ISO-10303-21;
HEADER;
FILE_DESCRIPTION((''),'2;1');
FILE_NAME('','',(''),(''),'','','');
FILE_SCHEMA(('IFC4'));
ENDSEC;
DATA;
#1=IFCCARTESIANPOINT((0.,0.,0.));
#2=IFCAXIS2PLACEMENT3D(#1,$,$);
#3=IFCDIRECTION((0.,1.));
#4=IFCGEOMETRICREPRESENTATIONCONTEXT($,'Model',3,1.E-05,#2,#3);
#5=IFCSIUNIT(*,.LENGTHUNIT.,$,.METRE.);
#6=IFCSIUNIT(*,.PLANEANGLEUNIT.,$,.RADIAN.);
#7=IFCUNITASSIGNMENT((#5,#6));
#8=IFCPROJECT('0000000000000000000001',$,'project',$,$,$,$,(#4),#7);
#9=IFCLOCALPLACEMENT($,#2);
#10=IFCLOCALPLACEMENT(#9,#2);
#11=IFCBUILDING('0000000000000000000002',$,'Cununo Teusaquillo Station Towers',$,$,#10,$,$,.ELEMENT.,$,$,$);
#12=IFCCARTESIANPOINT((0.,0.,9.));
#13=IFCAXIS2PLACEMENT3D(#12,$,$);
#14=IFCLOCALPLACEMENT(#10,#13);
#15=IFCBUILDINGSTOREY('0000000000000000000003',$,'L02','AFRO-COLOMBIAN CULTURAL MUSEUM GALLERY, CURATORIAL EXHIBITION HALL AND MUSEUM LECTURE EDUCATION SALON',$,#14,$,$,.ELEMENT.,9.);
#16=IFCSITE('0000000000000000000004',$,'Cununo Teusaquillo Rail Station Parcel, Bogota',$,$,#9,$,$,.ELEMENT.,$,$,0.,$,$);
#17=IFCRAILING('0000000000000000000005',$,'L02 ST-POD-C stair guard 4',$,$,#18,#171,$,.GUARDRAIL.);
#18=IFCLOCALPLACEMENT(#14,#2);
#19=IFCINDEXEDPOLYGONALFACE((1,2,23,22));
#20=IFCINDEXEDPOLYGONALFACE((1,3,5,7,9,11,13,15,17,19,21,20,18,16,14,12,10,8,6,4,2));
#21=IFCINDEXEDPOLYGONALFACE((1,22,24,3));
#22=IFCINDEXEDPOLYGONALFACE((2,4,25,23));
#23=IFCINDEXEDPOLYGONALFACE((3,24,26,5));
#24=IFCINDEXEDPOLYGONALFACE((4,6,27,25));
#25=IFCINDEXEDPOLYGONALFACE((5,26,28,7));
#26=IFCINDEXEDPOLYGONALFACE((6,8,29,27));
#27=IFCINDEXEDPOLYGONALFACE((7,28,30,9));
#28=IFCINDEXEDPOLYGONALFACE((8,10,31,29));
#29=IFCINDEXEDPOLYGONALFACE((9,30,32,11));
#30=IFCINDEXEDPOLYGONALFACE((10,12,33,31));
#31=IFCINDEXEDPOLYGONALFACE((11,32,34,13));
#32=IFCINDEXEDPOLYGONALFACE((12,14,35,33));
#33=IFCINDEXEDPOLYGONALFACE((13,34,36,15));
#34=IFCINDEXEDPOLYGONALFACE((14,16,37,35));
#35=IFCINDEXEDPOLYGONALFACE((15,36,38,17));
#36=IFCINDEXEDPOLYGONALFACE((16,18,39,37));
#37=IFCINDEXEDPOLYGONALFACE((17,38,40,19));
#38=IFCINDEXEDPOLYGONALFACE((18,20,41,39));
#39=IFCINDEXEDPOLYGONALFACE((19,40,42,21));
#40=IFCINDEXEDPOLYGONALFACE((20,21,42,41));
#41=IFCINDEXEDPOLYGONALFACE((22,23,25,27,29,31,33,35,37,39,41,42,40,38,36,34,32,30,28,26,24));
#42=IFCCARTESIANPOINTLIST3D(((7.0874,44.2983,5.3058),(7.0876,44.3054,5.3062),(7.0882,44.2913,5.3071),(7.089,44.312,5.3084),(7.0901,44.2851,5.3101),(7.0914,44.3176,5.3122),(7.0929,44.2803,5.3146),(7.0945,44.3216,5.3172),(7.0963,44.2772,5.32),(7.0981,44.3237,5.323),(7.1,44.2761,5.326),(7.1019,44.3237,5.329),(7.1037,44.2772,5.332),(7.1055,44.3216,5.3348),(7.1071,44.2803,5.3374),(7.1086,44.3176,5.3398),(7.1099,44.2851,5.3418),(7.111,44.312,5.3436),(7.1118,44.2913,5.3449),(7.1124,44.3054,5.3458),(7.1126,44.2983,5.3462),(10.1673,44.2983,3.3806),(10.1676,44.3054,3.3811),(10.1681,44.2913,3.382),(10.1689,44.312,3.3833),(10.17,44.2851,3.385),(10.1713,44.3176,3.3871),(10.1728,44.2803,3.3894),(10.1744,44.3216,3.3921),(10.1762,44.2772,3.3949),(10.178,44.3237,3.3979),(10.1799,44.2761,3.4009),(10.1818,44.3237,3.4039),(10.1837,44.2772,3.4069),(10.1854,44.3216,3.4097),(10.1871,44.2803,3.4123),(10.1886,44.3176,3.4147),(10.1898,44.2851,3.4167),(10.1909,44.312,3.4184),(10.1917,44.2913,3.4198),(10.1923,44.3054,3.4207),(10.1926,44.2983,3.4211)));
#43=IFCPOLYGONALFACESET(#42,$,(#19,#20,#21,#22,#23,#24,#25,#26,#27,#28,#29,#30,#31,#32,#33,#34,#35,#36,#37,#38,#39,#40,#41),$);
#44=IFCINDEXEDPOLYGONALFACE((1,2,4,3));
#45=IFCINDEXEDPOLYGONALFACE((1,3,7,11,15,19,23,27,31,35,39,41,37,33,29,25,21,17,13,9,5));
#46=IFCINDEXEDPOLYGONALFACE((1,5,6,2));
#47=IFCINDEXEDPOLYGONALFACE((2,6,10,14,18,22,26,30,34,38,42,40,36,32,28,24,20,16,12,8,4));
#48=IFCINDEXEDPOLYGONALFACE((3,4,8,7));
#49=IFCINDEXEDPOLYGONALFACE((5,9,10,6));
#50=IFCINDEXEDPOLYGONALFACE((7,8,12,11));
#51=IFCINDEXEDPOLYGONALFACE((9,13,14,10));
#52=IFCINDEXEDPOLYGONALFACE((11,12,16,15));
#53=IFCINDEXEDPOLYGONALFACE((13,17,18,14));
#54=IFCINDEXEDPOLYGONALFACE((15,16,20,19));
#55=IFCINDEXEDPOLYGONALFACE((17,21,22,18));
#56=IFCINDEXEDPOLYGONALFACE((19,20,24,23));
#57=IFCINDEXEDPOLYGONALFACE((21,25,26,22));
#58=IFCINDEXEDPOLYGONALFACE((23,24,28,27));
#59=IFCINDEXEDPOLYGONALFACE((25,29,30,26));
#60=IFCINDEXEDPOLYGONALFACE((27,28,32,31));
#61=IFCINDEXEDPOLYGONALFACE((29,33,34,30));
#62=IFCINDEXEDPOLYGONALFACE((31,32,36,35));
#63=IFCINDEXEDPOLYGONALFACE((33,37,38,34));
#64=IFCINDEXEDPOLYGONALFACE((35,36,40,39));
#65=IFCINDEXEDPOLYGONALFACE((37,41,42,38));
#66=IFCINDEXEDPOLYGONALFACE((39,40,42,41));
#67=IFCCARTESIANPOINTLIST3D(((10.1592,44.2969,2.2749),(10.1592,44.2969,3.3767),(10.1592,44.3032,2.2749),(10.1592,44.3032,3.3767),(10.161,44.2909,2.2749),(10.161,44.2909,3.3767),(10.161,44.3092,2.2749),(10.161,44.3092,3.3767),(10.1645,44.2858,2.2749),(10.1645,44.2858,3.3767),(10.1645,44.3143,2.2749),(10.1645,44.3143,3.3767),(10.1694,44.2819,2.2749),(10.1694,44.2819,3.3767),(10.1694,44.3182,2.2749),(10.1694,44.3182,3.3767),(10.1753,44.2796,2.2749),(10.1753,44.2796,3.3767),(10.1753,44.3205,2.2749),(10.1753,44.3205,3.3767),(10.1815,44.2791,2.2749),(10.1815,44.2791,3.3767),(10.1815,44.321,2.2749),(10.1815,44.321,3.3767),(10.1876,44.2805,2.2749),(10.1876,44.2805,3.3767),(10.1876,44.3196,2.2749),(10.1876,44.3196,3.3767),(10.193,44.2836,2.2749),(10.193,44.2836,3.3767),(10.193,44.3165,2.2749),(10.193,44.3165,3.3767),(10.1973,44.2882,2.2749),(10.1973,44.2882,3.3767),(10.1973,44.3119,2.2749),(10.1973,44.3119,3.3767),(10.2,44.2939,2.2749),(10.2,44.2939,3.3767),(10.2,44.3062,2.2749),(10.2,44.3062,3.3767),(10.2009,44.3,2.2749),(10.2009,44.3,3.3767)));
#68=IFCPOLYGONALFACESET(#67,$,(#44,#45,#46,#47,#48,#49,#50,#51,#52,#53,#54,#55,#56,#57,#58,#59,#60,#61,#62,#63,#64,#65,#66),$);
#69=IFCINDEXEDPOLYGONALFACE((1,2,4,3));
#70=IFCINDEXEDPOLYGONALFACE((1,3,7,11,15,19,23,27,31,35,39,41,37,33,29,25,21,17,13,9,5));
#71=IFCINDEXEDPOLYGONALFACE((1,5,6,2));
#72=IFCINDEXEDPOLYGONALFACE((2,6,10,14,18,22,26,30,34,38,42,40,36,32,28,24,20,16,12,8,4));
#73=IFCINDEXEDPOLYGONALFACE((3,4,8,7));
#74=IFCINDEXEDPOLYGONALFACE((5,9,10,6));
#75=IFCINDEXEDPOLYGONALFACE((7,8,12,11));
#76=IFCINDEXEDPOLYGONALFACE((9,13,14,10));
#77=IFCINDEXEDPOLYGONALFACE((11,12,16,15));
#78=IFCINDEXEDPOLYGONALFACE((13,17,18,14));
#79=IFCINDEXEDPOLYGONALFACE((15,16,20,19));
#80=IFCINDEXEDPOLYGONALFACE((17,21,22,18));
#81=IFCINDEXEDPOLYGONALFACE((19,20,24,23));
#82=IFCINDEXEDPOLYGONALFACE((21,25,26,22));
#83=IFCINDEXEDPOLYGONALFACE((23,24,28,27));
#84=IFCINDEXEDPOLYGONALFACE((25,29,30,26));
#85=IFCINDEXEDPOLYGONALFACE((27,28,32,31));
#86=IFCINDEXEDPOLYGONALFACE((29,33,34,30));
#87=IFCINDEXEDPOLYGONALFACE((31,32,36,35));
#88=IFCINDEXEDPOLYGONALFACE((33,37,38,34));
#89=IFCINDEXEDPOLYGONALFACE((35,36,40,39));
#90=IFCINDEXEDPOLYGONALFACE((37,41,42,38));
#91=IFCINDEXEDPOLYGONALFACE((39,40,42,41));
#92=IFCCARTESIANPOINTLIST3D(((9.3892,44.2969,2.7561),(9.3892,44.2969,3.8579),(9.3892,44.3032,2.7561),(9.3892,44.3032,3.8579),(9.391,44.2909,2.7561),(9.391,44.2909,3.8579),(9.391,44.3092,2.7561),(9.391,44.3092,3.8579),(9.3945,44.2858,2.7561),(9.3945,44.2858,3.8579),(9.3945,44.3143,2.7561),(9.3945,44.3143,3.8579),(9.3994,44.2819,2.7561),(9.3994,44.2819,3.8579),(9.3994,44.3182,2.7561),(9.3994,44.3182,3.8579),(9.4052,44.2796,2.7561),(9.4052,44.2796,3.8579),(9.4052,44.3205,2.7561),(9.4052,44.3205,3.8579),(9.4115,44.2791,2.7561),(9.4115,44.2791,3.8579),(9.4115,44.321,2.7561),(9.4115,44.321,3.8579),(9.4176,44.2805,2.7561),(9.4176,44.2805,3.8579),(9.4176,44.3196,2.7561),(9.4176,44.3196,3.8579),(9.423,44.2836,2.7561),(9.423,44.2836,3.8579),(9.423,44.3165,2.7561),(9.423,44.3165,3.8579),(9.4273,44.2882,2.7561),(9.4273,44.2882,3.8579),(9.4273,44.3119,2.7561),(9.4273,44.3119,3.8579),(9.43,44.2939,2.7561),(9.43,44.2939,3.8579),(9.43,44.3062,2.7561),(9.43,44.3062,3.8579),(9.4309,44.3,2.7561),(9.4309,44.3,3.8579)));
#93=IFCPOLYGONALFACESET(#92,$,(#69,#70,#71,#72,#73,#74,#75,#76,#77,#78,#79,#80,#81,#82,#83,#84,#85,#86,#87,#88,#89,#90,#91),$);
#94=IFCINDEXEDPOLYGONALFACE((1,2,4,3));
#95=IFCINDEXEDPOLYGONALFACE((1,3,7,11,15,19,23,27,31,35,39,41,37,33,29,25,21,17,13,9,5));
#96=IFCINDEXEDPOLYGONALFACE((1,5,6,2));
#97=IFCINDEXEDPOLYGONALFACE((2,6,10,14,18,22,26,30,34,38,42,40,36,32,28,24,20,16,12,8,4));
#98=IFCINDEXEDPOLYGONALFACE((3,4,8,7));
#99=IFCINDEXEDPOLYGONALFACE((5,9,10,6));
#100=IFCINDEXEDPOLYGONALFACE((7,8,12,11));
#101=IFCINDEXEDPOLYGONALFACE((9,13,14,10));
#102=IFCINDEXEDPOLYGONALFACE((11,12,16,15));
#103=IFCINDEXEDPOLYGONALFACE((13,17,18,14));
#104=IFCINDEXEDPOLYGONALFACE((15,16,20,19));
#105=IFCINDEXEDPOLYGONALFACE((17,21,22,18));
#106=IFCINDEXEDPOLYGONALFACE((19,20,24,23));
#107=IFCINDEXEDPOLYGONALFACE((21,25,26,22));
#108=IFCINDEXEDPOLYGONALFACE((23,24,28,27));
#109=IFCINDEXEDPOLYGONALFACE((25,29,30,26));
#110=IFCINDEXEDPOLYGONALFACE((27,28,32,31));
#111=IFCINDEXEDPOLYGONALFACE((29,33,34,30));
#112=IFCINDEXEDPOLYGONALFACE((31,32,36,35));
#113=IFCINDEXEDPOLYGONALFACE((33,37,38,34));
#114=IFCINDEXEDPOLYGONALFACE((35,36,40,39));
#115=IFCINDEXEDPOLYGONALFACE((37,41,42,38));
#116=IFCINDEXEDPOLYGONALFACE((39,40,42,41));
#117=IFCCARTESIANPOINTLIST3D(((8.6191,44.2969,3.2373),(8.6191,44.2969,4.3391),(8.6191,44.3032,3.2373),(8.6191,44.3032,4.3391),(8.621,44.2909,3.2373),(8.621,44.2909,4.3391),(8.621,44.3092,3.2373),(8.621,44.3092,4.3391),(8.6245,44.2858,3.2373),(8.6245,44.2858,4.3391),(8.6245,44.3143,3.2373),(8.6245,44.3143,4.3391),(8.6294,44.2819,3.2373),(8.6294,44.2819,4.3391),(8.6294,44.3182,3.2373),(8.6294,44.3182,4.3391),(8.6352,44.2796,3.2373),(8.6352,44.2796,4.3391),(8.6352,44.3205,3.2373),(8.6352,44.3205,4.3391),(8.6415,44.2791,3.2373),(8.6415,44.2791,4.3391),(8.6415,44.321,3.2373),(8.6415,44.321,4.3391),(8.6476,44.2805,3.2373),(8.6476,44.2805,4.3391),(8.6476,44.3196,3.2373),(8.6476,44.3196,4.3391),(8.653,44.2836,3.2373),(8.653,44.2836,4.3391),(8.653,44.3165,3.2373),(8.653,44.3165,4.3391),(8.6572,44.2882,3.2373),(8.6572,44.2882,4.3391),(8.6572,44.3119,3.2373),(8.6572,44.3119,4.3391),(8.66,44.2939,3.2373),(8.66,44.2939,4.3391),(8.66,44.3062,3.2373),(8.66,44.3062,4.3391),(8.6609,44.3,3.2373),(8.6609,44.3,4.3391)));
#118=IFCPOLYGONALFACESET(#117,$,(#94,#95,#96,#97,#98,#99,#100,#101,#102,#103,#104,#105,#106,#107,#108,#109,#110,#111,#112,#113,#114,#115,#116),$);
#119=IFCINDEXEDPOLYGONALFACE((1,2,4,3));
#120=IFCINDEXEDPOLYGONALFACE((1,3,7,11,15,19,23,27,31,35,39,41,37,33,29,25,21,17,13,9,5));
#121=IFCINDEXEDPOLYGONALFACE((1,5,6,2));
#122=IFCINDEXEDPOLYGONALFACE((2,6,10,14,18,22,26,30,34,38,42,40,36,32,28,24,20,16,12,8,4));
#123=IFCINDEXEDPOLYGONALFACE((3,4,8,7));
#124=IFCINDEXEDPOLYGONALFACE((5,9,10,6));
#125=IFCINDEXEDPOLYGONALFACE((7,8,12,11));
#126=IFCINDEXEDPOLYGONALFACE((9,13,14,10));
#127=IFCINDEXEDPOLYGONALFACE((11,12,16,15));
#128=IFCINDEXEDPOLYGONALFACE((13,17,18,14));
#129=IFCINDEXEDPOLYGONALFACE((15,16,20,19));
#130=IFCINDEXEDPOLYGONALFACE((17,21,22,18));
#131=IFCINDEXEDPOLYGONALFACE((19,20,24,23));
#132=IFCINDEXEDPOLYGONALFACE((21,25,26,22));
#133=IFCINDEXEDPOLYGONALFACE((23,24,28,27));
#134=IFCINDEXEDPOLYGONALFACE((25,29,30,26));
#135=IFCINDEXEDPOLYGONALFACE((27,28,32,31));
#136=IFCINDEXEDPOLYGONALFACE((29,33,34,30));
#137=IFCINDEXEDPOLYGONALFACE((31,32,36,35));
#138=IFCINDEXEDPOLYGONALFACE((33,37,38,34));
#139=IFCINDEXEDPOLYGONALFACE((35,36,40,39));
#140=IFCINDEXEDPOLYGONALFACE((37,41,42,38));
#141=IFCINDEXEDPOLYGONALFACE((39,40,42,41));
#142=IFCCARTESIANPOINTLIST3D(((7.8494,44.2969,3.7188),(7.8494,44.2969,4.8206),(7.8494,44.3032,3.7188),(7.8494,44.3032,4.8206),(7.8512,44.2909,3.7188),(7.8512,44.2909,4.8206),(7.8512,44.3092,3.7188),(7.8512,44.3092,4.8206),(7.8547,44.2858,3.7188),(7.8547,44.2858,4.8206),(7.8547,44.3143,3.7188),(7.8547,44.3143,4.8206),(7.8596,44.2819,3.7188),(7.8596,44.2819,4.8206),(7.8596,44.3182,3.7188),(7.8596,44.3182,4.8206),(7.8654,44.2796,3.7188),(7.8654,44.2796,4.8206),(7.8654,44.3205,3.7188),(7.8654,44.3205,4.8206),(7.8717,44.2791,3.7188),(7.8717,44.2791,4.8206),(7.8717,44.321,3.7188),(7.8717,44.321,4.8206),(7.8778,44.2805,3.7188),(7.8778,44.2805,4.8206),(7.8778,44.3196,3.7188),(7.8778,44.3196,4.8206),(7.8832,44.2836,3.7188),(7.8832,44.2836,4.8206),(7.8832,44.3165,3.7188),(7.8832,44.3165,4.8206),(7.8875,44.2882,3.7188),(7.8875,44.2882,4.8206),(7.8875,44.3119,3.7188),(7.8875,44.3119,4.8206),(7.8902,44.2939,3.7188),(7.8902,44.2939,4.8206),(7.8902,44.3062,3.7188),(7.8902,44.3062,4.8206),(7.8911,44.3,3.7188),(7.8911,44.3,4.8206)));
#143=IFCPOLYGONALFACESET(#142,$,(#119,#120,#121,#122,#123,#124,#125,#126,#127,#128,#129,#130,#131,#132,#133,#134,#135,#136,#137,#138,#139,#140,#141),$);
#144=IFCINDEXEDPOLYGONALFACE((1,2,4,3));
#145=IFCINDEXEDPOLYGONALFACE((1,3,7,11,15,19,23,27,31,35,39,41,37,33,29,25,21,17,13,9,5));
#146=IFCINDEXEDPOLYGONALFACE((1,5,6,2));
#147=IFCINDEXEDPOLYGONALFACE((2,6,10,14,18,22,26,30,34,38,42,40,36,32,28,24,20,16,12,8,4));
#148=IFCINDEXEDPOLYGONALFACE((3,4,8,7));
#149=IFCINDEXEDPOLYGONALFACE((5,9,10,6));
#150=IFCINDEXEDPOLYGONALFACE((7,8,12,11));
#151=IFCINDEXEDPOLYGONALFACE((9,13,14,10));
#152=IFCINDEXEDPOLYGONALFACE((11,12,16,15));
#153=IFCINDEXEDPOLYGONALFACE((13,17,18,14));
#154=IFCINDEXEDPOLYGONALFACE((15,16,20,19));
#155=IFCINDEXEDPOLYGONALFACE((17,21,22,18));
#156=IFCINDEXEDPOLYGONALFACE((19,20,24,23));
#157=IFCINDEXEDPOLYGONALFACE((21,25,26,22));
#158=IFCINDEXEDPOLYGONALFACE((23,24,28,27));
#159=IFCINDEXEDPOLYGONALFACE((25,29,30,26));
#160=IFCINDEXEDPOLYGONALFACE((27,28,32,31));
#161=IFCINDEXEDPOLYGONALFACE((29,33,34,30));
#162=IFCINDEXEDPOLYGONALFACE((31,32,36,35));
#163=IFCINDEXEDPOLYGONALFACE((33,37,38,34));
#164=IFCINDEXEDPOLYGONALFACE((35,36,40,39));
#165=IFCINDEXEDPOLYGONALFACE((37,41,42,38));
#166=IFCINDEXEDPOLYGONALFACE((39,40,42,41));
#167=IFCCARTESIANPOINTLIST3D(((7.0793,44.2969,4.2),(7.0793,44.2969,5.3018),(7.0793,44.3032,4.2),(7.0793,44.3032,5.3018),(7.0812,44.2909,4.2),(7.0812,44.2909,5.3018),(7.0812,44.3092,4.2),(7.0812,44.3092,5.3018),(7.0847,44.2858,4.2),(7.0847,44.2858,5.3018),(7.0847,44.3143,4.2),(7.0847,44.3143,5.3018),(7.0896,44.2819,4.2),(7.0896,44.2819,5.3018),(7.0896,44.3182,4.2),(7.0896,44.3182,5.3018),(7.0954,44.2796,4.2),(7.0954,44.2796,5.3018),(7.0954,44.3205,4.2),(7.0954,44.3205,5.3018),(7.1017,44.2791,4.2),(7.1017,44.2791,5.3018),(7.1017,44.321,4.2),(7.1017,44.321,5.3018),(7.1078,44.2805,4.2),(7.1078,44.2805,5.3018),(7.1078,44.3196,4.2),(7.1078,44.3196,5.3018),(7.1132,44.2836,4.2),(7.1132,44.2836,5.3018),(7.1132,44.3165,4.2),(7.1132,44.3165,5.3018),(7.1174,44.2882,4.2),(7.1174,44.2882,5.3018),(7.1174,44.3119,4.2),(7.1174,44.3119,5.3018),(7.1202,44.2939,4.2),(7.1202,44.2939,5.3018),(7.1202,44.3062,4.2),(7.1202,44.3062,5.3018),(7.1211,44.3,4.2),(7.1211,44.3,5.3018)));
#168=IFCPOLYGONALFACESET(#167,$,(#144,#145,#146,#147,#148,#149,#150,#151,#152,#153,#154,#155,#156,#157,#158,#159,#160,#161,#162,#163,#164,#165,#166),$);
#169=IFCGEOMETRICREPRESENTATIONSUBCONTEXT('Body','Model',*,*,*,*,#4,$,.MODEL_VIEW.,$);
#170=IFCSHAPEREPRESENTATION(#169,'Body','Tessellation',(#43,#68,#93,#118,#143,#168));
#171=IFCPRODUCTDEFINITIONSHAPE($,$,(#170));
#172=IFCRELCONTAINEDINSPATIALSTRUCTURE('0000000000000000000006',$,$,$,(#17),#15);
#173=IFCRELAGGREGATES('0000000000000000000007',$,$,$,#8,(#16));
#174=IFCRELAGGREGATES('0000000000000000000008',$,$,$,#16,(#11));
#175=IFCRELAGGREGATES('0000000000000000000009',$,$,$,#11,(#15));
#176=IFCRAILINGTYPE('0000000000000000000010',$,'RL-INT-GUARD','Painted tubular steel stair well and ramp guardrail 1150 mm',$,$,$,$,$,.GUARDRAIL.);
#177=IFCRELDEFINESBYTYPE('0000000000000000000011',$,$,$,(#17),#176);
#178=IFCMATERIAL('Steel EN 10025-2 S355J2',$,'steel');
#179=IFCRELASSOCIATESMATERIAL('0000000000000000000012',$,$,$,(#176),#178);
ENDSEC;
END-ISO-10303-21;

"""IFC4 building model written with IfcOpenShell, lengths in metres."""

from ifc_helpers import new_model, si_unit, direction, frame, origin, origin_2d, place, context, subcontext, project, spatial, circle, extrude, material, type_object, element, save


model = new_model("IFC4")

# Units and contexts
model_context = context("Model", 3, precision=1e-05, world=origin(), true_north=direction((0.0, 1.0)))
body_context = subcontext(model_context, "Body", "Model", "MODEL_VIEW")
ifc_project = project(units=[si_unit("LENGTHUNIT", "METRE"), si_unit("PLANEANGLEUNIT", "RADIAN")], contexts=[model_context])

# Site, building, storey
site_placement = place(None, origin())
site = spatial("IfcSite", under=ifc_project, at=site_placement, Name="Cununo Teusaquillo Rail Station Parcel, Bogota", CompositionType="ELEMENT", RefElevation=0.0)
building_placement = place(site_placement, origin())
building = spatial("IfcBuilding", under=site, at=building_placement, Name="Cununo Teusaquillo Station Towers", CompositionType="ELEMENT")
storey_placement = place(building_placement, frame((0.0, 0.0, 9.0)))
storey = spatial("IfcBuildingStorey", under=building, at=storey_placement, Name="L02", Description="AFRO-COLOMBIAN CULTURAL MUSEUM GALLERY, CURATORIAL EXHIBITION HALL AND MUSEUM LECTURE EDUCATION SALON", CompositionType="ELEMENT", Elevation=9.0)

# Railing
ifc_material_1 = material(Name="Steel EN 10025-2 S355J2", Category="steel")
railing_type_1 = type_object("IfcRailingType", Name="RL-INT-GUARD", Description="Painted tubular steel stair well and ramp guardrail 1150 mm", PredefinedType="GUARDRAIL", material=ifc_material_1)
railing_1_placement = place(storey_placement, frame((10.1799, 44.3, 2.2749)))
element("IfcRailing", 1, at=railing_1_placement, inside=storey, type_object=railing_type_1, Name="L02 ST-POD-C stair guard 4", PredefinedType="GUARDRAIL", context=body_context, shape_type="SweptSolid", body=[
    extrude(circle(Radius=0.0239, at=origin_2d()), frame((0.0, 0.0, 1.126), z_axis=(-0.847979, 0.0, 0.530029), x_axis=(0.0, -1.0, 0.0)), (0.0, 0.0, 1.0), 3.6321),
    extrude(circle(Radius=0.021, at=origin_2d()), origin(), (0.0, 0.0, 1.0), 1.1018),
    extrude(circle(Radius=0.021, at=origin_2d()), frame((-0.77, 0.0, 0.4812)), (0.0, 0.0, 1.0), 1.1018),
    extrude(circle(Radius=0.021, at=origin_2d()), frame((-1.54, 0.0, 0.9624)), (0.0, 0.0, 1.0), 1.1018),
    extrude(circle(Radius=0.021, at=origin_2d()), frame((-2.3098, 0.0, 1.4438)), (0.0, 0.0, 1.0), 1.1018),
    extrude(circle(Radius=0.021, at=origin_2d()), frame((-3.0798, 0.0, 1.925)), (0.0, 0.0, 1.0), 1.1018),
])

save(model, "model.ifc")
